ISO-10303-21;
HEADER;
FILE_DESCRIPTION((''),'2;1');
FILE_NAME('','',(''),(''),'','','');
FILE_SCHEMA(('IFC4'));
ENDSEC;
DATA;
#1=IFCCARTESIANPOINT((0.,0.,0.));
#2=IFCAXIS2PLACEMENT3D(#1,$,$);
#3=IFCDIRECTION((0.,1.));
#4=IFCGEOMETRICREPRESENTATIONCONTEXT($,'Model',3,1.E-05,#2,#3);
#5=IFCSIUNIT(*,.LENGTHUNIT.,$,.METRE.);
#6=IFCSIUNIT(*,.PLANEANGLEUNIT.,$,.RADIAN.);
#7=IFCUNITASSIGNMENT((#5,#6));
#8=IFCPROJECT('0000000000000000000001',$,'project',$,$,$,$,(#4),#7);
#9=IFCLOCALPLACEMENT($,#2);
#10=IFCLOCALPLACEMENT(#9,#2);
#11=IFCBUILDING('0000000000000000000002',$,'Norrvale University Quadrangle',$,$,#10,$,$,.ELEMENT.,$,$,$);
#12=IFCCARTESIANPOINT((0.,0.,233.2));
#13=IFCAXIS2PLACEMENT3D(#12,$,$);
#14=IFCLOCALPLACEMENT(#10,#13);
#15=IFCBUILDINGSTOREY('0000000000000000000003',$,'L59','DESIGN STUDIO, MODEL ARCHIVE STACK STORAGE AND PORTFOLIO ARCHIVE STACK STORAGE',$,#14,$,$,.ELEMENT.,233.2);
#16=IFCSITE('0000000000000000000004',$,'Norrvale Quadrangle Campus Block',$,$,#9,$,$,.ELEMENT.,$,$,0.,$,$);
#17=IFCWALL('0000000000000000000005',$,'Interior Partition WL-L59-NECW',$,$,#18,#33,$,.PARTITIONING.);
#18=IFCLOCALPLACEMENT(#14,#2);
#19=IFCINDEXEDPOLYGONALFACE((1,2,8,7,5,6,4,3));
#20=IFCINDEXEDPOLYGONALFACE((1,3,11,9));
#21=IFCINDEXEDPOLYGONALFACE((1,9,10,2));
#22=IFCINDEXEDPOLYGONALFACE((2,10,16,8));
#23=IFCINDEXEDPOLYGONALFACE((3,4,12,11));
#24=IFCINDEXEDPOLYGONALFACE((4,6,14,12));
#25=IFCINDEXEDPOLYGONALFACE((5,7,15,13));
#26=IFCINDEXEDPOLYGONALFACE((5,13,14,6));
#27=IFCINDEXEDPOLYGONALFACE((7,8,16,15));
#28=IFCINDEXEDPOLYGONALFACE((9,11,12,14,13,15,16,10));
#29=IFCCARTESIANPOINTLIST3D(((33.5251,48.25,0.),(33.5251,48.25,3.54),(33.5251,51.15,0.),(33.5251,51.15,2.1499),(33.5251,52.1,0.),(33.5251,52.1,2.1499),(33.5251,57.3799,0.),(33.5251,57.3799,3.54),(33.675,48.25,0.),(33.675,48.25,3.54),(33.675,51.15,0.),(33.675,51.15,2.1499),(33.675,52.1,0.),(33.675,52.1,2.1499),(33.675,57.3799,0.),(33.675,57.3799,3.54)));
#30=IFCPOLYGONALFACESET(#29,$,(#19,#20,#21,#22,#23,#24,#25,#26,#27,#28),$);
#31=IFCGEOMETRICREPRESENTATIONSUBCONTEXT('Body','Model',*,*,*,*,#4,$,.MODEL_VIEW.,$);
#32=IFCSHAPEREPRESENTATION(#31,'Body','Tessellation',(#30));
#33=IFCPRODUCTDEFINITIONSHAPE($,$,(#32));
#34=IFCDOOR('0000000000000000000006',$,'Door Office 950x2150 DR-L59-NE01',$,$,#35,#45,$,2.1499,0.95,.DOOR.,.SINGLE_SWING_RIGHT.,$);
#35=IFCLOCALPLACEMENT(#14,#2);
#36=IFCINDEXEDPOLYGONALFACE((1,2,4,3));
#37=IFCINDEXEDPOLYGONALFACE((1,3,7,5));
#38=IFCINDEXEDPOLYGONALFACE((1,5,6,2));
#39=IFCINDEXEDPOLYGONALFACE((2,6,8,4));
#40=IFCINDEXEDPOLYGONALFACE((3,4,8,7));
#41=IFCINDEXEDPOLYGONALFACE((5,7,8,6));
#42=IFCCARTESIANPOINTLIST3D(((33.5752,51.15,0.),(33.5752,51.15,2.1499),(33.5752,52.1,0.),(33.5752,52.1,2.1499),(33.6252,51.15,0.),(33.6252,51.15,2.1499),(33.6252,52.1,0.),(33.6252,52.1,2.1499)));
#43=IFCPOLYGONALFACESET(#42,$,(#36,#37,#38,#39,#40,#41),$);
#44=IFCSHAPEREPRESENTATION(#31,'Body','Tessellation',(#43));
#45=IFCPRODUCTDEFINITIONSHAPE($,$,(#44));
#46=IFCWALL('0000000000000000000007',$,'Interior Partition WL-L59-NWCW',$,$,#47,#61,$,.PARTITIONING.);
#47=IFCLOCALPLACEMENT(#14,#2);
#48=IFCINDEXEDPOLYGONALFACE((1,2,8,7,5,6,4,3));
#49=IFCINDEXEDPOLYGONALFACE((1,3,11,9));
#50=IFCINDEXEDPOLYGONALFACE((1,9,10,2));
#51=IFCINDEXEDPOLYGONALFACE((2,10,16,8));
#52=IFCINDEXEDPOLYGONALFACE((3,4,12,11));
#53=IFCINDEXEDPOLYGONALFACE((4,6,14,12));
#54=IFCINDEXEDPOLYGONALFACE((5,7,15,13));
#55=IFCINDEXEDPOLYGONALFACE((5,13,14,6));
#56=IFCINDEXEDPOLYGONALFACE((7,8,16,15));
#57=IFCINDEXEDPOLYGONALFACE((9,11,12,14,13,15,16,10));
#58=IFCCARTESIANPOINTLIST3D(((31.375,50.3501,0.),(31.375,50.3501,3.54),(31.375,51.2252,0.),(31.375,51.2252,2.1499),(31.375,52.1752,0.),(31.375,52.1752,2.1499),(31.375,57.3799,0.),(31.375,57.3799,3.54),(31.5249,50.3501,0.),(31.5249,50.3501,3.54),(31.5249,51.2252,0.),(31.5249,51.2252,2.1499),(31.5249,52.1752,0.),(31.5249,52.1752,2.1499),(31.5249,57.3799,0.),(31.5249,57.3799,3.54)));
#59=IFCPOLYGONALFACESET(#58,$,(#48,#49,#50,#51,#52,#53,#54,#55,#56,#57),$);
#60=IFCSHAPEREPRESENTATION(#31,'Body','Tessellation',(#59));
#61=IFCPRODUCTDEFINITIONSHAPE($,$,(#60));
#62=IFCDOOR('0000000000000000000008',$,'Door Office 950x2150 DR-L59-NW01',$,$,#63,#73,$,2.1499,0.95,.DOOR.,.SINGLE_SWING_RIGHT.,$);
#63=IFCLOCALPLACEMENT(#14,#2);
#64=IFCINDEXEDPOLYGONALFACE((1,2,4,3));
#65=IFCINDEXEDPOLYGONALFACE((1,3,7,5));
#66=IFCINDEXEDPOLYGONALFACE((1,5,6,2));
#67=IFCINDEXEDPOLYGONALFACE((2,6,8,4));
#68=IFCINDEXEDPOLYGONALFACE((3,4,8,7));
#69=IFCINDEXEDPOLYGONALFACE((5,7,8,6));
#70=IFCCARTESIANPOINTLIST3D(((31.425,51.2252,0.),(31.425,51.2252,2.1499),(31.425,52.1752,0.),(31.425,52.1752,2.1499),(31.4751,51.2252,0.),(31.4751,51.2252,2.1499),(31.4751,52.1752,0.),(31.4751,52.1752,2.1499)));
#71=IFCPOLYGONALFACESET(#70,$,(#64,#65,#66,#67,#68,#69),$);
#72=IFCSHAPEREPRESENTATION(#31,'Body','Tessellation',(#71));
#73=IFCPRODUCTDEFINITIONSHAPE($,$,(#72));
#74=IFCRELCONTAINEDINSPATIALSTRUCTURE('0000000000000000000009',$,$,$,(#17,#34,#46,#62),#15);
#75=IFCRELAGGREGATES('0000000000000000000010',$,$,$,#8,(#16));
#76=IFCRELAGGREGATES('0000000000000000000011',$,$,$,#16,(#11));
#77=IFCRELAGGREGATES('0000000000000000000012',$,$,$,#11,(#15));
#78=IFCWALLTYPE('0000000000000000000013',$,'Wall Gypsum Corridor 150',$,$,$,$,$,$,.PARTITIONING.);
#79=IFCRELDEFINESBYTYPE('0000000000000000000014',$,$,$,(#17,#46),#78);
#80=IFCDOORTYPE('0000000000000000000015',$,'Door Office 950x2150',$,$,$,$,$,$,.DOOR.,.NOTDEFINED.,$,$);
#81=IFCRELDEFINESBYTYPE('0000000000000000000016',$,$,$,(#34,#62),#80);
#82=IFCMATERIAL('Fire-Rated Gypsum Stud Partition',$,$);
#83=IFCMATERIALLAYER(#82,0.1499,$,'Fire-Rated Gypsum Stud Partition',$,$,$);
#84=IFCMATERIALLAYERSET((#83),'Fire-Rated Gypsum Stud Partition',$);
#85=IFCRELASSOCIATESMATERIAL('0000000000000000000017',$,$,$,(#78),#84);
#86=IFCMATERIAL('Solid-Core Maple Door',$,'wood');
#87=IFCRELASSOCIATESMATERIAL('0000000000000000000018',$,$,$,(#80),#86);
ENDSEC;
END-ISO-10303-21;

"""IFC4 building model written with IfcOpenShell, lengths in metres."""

from ifc_helpers import new_model, si_unit, direction, frame, frame_2d, origin, place, context, subcontext, project, spatial, rectangle, extrude, material, layer, layer_set, type_object, element, fill, save


model = new_model("IFC4")

# Units and contexts
model_context = context("Model", 3, precision=1e-05, world=origin(), true_north=direction((0.0, 1.0)))
body_context = subcontext(model_context, "Body", "Model", "MODEL_VIEW")
ifc_project = project(units=[si_unit("LENGTHUNIT", "METRE"), si_unit("PLANEANGLEUNIT", "RADIAN")], contexts=[model_context])

# Site, building, storey
site_placement = place(None, origin())
site = spatial("IfcSite", under=ifc_project, at=site_placement, Name="Norrvale Quadrangle Campus Block", CompositionType="ELEMENT", RefElevation=0.0)
building_placement = place(site_placement, origin())
building = spatial("IfcBuilding", under=site, at=building_placement, Name="Norrvale University Quadrangle", CompositionType="ELEMENT")
storey_placement = place(building_placement, frame((0.0, 0.0, 233.2)))
storey = spatial("IfcBuildingStorey", under=building, at=storey_placement, Name="L59", Description="DESIGN STUDIO, MODEL ARCHIVE STACK STORAGE AND PORTFOLIO ARCHIVE STACK STORAGE", CompositionType="ELEMENT", Elevation=233.2)

# Shared definitions
ifc_material_1 = material(Name="Fire-Rated Gypsum Stud Partition")
ifc_layer_1 = layer(ifc_material_1, 0.1499, Name="Fire-Rated Gypsum Stud Partition")
ifc_layer_set_1 = layer_set([ifc_layer_1], Name="Fire-Rated Gypsum Stud Partition")
wall_type_1 = type_object("IfcWallType", Name="Wall Gypsum Corridor 150", PredefinedType="PARTITIONING", material=ifc_layer_set_1)

# Walls, openings, doors
wall_1_placement = place(storey_placement, frame((33.6001, 48.25, 0.0), z_axis=(0.0, 0.0, 1.0), x_axis=(0.0, 1.0, 0.0)))
wall_1 = element("IfcWall", 1, at=wall_1_placement, inside=storey, type_object=wall_type_1, Name="Interior Partition WL-L59-NECW", PredefinedType="PARTITIONING", context=body_context, shape_type="SweptSolid", body=[
    extrude(rectangle(XDim=9.1299, YDim=0.1499, at=frame_2d((4.5649, 0.0))), origin(), (0.0, 0.0, 1.0), 3.54),
])
opening_1_placement = place(wall_1_placement, frame((2.8999, 0.0, 0.0)))
opening_1 = element("IfcOpeningElement", 2, at=opening_1_placement, cuts=wall_1, PredefinedType="OPENING", context=body_context, shape_type="SweptSolid", body=[
    extrude(rectangle(XDim=0.95, YDim=2.1499, at=frame_2d((0.4751, 1.075))), frame((0.0, 0.0869, 0.0), z_axis=(0.0, -1.0, 0.0), x_axis=(1.0, 0.0, 0.0)), (0.0, 0.0, 1.0), 0.1738),
])
ifc_material_2 = material(Name="Solid-Core Maple Door", Category="wood")
door_type = type_object("IfcDoorType", Name="Door Office 950x2150", OperationType="NOTDEFINED", PredefinedType="DOOR", material=ifc_material_2)
door_1_placement = place(opening_1_placement, origin())
door_1 = element("IfcDoor", 3, at=door_1_placement, inside=storey, type_object=door_type, Name="Door Office 950x2150 DR-L59-NE01", OperationType="SINGLE_SWING_RIGHT", OverallHeight=2.1499, OverallWidth=0.95, PredefinedType="DOOR", context=body_context, shape_type="SweptSolid", body=[
    extrude(rectangle(XDim=0.95, YDim=2.1499, at=frame_2d((0.4751, 1.075))), frame((0.0, 0.0249, 0.0), z_axis=(0.0, -1.0, 0.0), x_axis=(1.0, 0.0, 0.0)), (0.0, 0.0, 1.0), 0.05),
])
fill(opening_1, door_1)
wall_2_placement = place(storey_placement, frame((31.45, 50.3501, 0.0), z_axis=(0.0, 0.0, 1.0), x_axis=(0.0, 1.0, 0.0)))
wall_2 = element("IfcWall", 4, at=wall_2_placement, inside=storey, type_object=wall_type_1, Name="Interior Partition WL-L59-NWCW", PredefinedType="PARTITIONING", context=body_context, shape_type="SweptSolid", body=[
    extrude(rectangle(XDim=7.0298, YDim=0.1499, at=frame_2d((3.5149, 0.0))), origin(), (0.0, 0.0, 1.0), 3.54),
])
opening_2_placement = place(wall_2_placement, frame((0.875, 0.0, 0.0)))
opening_2 = element("IfcOpeningElement", 5, at=opening_2_placement, cuts=wall_2, PredefinedType="OPENING", context=body_context, shape_type="SweptSolid", body=[
    extrude(rectangle(XDim=0.95, YDim=2.1499, at=frame_2d((0.4751, 1.075))), frame((0.0, 0.0869, 0.0), z_axis=(0.0, -1.0, 0.0), x_axis=(1.0, 0.0, 0.0)), (0.0, 0.0, 1.0), 0.1738),
])
door_2_placement = place(opening_2_placement, origin())
door_2 = element("IfcDoor", 6, at=door_2_placement, inside=storey, type_object=door_type, Name="Door Office 950x2150 DR-L59-NW01", OperationType="SINGLE_SWING_RIGHT", OverallHeight=2.1499, OverallWidth=0.95, PredefinedType="DOOR", context=body_context, shape_type="SweptSolid", body=[
    extrude(rectangle(XDim=0.95, YDim=2.1499, at=frame_2d((0.4751, 1.075))), frame((0.0, 0.0249, 0.0), z_axis=(0.0, -1.0, 0.0), x_axis=(1.0, 0.0, 0.0)), (0.0, 0.0, 1.0), 0.05),
])
fill(opening_2, door_2)

save(model, "model.ifc")
